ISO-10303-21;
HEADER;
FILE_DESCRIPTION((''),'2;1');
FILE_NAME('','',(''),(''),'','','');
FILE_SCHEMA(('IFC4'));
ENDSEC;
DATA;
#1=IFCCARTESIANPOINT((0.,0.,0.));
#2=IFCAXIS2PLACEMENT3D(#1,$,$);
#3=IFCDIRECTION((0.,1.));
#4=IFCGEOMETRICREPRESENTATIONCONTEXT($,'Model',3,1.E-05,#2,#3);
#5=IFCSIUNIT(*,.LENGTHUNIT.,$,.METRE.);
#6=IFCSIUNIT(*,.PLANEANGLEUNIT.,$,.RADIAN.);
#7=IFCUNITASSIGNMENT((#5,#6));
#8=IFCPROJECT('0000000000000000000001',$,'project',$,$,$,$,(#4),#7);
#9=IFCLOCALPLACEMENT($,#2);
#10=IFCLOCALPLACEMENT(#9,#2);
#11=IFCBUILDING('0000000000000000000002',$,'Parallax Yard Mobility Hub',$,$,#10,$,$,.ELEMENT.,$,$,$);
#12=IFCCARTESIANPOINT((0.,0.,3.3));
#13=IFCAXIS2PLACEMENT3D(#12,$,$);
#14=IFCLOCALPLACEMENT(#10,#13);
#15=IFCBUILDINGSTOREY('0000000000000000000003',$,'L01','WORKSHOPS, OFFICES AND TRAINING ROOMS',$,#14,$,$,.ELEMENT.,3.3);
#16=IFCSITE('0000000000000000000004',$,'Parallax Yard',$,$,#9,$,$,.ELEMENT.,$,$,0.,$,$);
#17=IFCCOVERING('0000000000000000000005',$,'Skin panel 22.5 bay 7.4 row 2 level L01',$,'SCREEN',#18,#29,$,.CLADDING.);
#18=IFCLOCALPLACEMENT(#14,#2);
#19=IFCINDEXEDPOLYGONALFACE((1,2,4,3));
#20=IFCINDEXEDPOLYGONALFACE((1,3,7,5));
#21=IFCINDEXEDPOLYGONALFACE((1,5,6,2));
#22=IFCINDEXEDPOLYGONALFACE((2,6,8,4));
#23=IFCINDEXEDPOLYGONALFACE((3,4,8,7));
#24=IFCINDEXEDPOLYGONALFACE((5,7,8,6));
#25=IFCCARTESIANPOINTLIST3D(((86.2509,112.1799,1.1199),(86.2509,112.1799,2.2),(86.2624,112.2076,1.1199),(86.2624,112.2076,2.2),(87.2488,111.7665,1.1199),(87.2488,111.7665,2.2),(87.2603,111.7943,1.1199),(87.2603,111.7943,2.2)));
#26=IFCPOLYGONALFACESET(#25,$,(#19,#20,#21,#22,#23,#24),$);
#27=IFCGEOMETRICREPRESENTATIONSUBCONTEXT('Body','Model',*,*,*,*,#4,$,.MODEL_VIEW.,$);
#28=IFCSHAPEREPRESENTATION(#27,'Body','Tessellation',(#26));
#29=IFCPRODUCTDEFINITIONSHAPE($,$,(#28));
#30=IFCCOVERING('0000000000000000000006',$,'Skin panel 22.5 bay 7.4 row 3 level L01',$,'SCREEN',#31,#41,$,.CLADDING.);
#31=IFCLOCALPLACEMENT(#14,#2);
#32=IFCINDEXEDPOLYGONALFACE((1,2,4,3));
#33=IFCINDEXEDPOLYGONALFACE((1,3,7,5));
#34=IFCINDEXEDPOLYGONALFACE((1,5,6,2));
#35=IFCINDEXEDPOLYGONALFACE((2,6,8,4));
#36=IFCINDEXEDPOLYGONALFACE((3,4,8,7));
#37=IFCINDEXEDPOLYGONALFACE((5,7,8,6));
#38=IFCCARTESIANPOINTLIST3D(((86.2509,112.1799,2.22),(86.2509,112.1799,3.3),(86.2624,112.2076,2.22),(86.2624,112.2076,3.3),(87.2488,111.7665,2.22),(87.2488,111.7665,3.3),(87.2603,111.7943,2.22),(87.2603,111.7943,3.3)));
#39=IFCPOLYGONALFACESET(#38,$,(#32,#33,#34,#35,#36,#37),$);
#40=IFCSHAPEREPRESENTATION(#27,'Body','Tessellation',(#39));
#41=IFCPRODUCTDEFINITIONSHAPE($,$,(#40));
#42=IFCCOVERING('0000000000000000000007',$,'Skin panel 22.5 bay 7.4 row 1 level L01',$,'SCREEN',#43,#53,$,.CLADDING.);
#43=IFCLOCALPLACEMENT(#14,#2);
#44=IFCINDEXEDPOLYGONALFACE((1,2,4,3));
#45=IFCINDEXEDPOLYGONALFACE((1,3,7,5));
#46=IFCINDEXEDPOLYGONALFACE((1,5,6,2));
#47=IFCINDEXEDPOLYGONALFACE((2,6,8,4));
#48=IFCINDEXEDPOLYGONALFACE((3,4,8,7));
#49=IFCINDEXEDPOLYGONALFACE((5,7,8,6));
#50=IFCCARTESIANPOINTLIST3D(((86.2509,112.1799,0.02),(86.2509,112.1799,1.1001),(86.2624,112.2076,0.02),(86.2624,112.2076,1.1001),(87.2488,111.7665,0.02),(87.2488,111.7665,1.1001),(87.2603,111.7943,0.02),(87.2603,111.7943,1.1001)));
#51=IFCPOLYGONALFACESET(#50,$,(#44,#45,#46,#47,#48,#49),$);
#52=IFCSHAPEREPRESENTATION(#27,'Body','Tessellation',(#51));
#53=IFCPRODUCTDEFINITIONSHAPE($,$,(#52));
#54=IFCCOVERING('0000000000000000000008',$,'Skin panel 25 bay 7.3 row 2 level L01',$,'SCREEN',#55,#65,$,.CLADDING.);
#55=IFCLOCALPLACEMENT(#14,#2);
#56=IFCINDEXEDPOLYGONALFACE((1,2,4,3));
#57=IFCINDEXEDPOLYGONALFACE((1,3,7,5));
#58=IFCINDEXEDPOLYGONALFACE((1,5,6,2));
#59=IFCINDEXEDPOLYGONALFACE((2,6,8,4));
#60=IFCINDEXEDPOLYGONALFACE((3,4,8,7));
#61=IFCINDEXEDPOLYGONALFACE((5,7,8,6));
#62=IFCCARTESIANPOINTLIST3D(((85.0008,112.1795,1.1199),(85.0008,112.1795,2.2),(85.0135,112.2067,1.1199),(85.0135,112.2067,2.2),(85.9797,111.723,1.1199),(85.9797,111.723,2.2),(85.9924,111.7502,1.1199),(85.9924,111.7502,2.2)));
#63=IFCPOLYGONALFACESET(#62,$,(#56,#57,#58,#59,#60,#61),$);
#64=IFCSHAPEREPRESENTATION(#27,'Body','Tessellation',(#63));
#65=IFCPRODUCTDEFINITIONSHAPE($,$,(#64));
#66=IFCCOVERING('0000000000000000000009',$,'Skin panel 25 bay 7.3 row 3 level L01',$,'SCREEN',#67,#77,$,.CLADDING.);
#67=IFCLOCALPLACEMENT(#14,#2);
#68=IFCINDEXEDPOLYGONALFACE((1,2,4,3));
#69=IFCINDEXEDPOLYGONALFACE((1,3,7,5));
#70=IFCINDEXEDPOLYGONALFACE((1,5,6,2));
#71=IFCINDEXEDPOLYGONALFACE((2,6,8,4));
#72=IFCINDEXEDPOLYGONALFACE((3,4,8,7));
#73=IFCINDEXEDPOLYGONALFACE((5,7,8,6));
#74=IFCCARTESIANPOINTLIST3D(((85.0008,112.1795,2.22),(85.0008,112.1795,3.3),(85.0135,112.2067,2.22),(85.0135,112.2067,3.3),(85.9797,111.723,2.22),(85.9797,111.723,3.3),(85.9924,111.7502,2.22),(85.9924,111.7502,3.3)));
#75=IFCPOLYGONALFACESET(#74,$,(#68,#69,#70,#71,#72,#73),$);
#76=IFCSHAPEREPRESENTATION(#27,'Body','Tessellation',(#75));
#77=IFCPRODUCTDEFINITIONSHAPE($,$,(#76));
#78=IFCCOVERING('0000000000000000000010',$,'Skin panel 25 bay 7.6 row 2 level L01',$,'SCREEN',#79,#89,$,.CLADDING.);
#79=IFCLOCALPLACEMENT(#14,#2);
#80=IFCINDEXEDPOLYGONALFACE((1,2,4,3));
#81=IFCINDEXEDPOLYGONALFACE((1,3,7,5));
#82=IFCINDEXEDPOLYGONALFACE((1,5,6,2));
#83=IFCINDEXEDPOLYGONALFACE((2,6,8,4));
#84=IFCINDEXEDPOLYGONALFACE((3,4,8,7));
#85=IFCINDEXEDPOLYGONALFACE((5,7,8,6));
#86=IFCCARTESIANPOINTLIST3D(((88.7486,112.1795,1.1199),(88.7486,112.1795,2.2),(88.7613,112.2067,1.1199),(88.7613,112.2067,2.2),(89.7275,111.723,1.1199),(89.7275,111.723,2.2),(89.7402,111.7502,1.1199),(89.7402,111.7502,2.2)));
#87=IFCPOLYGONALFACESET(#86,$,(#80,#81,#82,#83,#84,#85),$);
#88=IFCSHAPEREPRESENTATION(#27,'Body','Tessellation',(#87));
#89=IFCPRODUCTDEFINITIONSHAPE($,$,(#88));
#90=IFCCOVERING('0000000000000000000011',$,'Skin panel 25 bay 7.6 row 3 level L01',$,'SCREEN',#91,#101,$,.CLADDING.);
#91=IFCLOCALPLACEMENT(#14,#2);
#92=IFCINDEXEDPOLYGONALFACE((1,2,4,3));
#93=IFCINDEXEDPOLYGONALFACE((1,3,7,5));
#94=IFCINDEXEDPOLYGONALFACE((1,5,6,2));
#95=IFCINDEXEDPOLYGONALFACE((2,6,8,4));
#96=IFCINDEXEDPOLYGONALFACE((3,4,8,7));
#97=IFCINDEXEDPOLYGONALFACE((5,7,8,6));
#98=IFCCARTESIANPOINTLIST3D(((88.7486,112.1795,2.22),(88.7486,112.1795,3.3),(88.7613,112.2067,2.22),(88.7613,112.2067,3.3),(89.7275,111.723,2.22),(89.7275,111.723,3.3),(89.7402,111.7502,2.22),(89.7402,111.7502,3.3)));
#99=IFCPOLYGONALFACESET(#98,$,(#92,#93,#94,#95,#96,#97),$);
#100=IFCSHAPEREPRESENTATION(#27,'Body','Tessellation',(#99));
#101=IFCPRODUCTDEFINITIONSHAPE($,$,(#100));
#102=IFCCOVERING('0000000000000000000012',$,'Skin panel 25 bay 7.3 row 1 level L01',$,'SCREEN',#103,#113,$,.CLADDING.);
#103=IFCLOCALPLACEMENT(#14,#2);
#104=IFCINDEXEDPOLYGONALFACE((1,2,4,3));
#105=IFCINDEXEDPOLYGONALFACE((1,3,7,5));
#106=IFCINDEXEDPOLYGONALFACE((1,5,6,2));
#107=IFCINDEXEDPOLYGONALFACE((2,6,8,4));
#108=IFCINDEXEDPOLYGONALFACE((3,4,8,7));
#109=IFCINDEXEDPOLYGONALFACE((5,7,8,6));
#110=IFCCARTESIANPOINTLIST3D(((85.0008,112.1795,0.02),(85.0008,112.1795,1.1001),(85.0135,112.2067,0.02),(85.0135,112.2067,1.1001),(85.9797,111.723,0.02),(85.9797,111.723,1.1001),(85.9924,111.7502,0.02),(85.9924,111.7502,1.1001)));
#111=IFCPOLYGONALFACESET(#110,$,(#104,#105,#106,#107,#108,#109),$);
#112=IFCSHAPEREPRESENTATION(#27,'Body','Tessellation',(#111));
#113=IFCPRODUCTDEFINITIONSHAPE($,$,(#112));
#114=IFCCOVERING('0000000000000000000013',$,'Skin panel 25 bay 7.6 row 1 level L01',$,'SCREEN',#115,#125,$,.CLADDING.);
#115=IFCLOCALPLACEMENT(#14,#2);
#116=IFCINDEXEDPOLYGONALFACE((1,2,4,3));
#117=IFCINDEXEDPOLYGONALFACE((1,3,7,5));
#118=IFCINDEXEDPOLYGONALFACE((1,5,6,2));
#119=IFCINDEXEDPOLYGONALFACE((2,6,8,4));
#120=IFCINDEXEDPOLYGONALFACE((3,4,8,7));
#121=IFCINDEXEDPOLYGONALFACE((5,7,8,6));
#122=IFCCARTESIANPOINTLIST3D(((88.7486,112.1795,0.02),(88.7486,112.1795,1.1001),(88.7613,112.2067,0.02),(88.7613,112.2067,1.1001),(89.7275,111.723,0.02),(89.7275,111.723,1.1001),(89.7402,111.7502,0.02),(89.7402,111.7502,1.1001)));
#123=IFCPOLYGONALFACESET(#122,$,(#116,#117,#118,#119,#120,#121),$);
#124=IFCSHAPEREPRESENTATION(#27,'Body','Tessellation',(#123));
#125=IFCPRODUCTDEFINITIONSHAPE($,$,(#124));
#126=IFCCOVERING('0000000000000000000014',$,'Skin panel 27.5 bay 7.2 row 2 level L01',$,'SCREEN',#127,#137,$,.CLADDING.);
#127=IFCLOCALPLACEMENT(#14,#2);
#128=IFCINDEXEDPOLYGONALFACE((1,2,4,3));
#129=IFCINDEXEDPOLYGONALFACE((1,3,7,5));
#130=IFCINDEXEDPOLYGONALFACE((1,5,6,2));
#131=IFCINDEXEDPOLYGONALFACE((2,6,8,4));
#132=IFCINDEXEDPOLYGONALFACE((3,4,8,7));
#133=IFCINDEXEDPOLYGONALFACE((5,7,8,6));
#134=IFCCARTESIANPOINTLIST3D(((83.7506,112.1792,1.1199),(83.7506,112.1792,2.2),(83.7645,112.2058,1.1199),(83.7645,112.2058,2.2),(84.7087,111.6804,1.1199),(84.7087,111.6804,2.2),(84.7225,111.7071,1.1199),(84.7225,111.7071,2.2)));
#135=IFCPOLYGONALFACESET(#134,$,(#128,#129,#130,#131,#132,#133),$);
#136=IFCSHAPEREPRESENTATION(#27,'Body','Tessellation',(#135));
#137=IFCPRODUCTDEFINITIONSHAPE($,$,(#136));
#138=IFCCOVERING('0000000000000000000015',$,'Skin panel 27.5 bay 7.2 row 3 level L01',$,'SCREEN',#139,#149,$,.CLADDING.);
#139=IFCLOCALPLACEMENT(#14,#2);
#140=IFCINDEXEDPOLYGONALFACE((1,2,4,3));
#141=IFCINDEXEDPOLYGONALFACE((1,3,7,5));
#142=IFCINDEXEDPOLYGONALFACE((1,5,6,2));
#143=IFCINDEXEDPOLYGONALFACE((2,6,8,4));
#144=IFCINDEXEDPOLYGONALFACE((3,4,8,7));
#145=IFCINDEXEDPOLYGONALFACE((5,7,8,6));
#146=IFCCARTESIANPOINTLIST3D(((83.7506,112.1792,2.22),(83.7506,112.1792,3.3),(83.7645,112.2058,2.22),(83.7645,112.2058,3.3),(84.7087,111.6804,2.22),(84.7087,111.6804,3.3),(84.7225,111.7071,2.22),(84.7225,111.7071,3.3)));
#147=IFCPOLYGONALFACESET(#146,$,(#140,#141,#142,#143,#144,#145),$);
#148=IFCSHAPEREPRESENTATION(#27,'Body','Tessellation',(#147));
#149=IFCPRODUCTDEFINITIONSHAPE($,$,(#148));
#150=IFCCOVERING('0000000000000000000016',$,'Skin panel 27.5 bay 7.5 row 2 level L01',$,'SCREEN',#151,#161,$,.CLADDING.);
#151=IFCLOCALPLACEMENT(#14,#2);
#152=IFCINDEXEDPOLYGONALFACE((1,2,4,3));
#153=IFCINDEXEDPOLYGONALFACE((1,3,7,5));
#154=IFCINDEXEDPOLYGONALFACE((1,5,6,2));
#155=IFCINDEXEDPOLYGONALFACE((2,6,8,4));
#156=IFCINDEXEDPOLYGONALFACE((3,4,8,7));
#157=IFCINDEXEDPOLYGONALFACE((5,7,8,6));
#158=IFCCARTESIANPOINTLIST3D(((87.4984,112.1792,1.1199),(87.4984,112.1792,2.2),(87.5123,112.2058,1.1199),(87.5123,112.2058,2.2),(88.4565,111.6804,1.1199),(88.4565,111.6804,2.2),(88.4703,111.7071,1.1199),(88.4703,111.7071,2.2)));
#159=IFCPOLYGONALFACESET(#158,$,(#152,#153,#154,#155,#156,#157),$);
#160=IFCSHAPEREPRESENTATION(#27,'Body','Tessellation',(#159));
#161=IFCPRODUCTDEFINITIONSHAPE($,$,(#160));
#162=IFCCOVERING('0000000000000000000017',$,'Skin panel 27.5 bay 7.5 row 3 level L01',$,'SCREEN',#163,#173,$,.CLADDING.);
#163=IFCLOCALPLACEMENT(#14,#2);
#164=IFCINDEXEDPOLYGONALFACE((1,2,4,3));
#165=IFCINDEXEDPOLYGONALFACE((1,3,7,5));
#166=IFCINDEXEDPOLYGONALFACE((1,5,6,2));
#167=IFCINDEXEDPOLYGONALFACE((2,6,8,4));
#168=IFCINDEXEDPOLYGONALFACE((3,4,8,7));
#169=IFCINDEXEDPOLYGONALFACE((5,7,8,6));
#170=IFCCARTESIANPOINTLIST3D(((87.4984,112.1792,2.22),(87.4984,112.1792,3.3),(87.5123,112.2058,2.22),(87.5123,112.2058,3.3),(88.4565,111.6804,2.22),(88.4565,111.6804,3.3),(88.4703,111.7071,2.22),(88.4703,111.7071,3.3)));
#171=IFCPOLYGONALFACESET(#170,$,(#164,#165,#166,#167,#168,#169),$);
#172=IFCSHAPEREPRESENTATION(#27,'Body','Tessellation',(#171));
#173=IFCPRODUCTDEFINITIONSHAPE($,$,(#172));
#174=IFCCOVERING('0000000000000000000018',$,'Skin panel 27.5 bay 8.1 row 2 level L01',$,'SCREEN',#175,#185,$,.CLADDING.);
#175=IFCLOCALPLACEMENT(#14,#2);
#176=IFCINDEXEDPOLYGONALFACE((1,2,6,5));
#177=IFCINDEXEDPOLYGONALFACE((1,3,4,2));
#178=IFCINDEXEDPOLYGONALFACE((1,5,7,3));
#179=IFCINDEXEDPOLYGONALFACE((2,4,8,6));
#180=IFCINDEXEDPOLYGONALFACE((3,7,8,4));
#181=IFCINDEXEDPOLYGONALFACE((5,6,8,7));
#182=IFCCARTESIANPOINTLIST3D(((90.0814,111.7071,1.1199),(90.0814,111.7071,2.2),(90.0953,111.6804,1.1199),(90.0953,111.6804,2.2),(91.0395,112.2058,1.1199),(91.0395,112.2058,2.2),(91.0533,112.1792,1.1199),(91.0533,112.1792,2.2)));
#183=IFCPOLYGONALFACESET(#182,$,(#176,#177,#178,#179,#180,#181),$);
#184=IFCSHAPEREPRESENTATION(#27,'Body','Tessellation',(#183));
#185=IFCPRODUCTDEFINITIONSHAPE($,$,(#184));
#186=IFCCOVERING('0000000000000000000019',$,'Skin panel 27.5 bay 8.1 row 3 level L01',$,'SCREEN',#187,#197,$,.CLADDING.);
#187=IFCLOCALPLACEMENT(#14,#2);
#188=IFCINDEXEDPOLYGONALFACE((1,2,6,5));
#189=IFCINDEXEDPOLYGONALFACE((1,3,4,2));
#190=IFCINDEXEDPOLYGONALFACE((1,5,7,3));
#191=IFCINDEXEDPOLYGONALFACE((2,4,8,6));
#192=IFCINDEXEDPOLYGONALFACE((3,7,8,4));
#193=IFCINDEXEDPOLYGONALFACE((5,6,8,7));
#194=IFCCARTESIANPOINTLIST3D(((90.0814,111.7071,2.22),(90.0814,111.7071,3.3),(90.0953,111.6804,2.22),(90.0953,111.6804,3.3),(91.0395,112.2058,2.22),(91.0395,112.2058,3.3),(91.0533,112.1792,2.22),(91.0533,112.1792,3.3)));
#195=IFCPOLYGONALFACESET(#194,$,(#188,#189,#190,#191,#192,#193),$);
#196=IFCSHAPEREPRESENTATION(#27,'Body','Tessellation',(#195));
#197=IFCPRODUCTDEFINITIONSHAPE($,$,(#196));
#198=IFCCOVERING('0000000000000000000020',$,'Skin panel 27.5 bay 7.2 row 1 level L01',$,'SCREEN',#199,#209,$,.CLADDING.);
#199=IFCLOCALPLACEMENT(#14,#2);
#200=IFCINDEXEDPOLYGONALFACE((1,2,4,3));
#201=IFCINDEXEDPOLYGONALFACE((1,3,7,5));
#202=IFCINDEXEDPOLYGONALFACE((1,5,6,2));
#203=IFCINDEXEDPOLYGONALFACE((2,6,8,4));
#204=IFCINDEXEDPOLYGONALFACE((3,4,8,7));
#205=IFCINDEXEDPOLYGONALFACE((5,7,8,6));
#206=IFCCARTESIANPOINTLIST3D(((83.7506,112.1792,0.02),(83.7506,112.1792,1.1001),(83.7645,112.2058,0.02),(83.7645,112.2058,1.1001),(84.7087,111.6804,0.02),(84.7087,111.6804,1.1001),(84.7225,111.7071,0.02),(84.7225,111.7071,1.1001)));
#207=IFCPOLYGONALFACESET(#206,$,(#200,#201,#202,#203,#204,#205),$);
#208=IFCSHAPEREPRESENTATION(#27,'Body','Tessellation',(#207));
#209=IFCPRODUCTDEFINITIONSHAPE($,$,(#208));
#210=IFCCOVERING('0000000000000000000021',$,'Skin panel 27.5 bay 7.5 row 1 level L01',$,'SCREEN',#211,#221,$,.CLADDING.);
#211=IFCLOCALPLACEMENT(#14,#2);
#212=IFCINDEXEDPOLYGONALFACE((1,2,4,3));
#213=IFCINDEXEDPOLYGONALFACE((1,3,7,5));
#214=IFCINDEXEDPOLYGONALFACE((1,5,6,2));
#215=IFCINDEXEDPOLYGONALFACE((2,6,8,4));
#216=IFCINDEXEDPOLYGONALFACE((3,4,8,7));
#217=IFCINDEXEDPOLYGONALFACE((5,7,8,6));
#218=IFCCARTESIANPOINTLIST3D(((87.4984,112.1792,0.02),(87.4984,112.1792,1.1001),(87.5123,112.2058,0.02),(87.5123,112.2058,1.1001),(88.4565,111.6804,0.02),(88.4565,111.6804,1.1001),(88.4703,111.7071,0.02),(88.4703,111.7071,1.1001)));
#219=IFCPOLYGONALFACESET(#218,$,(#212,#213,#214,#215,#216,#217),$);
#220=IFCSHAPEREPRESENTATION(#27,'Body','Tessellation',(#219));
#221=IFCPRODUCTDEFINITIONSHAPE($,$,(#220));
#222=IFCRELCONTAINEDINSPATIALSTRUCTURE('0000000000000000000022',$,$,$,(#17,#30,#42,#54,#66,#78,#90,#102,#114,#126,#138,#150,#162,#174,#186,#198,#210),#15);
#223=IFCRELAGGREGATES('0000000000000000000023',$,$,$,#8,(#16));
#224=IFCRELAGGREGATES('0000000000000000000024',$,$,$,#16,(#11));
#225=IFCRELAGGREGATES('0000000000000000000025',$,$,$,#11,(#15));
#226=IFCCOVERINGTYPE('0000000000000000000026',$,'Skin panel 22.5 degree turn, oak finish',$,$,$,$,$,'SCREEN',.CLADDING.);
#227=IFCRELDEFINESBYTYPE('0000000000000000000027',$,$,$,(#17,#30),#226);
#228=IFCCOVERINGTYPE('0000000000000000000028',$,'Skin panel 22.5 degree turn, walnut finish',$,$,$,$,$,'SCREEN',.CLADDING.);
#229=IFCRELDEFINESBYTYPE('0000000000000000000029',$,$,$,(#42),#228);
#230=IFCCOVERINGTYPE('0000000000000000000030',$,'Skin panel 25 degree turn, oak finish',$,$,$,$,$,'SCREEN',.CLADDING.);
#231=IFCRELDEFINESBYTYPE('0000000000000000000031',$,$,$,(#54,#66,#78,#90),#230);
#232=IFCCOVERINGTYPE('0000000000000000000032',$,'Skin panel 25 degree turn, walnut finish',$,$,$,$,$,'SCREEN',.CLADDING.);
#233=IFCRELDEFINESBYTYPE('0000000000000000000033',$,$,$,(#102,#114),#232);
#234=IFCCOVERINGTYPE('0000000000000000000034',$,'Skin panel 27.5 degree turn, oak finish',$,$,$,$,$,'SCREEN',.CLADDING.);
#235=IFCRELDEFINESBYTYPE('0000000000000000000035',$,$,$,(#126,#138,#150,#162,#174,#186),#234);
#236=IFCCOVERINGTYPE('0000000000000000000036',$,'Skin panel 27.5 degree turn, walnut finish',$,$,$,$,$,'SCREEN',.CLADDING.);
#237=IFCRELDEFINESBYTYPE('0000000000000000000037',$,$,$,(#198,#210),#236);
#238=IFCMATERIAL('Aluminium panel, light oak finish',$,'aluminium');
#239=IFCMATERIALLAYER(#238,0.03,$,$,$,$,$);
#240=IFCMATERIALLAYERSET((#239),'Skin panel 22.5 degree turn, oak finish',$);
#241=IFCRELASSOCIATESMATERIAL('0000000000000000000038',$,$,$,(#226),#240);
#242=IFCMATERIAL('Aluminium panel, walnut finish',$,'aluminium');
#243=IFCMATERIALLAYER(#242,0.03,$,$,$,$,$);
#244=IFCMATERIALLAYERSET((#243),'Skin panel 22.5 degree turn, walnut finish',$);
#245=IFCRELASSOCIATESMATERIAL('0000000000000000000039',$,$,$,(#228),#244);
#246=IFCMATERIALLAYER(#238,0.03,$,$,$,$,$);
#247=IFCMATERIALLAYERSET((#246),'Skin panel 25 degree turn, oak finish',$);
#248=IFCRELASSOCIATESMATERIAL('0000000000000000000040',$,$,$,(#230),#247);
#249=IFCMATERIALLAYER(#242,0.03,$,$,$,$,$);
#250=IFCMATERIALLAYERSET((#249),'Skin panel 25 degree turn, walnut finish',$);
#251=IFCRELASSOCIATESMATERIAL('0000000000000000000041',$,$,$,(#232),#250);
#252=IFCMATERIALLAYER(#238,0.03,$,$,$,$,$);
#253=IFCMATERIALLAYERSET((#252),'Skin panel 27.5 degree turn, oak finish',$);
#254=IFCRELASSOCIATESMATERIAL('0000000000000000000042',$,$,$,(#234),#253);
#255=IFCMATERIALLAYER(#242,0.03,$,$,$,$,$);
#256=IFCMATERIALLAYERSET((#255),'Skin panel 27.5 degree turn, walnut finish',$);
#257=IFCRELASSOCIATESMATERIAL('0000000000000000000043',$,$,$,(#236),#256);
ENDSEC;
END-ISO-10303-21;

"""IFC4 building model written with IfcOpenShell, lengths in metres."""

from ifc_helpers import new_model, si_unit, direction, frame, origin, origin_2d, place, context, subcontext, project, spatial, rectangle, extrude, material, layer, layer_set, type_object, element, save


model = new_model("IFC4")

# Units and contexts
model_context = context("Model", 3, precision=1e-05, world=origin(), true_north=direction((0.0, 1.0)))
body_context = subcontext(model_context, "Body", "Model", "MODEL_VIEW")
ifc_project = project(units=[si_unit("LENGTHUNIT", "METRE"), si_unit("PLANEANGLEUNIT", "RADIAN")], contexts=[model_context])

# Site, building, storey
site_placement = place(None, origin())
site = spatial("IfcSite", under=ifc_project, at=site_placement, Name="Parallax Yard", CompositionType="ELEMENT", RefElevation=0.0)
building_placement = place(site_placement, origin())
building = spatial("IfcBuilding", under=site, at=building_placement, Name="Parallax Yard Mobility Hub", CompositionType="ELEMENT")
storey_placement = place(building_placement, frame((0.0, 0.0, 3.3)))
storey = spatial("IfcBuildingStorey", under=building, at=storey_placement, Name="L01", Description="WORKSHOPS, OFFICES AND TRAINING ROOMS", CompositionType="ELEMENT", Elevation=3.3)

# Coverings
ifc_material_1 = material(Name="Aluminium panel, light oak finish", Category="aluminium")
ifc_layer_1 = layer(ifc_material_1, 0.03)
ifc_layer_set_1 = layer_set([ifc_layer_1], Name="Skin panel 22.5 degree turn, oak finish")
covering_type_1 = type_object("IfcCoveringType", Name="Skin panel 22.5 degree turn, oak finish", ElementType="SCREEN", PredefinedType="CLADDING", material=ifc_layer_set_1)
for number, where, z_axis, x_axis, name in (
    (1, (86.7556, 111.9871, 1.1199), (0.0, 0.0, 1.0), (0.92388, -0.382683, 0.0), "Skin panel 22.5 bay 7.4 row 2 level L01"),
    (2, (86.7556, 111.9871, 2.22), (0.0, 0.0, 1.0), (0.92388, -0.382683, 0.0), "Skin panel 22.5 bay 7.4 row 3 level L01"),
):
    element("IfcCovering", number, at=place(storey_placement, frame(where, z_axis=z_axis, x_axis=x_axis)), inside=storey, type_object=covering_type_1, Name=name, ObjectType="SCREEN", PredefinedType="CLADDING", context=body_context, shape_type="SweptSolid", body=[
        extrude(rectangle(XDim=1.0801, YDim=0.03, at=origin_2d()), origin(), (0.0, 0.0, 1.0), 1.0801),
    ])
ifc_material_2 = material(Name="Aluminium panel, walnut finish", Category="aluminium")
ifc_layer_2 = layer(ifc_material_2, 0.03)
ifc_layer_set_2 = layer_set([ifc_layer_2], Name="Skin panel 22.5 degree turn, walnut finish")
covering_type_2 = type_object("IfcCoveringType", Name="Skin panel 22.5 degree turn, walnut finish", ElementType="SCREEN", PredefinedType="CLADDING", material=ifc_layer_set_2)
covering_placement = place(storey_placement, frame((86.7556, 111.9871, 0.02), z_axis=(0.0, 0.0, 1.0), x_axis=(0.92388, -0.382683, 0.0)))
element("IfcCovering", 3, at=covering_placement, inside=storey, type_object=covering_type_2, Name="Skin panel 22.5 bay 7.4 row 1 level L01", ObjectType="SCREEN", PredefinedType="CLADDING", context=body_context, shape_type="SweptSolid", body=[
    extrude(rectangle(XDim=1.0801, YDim=0.03, at=origin_2d()), origin(), (0.0, 0.0, 1.0), 1.0801),
])
ifc_layer_3 = layer(ifc_material_1, 0.03)
ifc_layer_set_3 = layer_set([ifc_layer_3], Name="Skin panel 25 degree turn, oak finish")
covering_type_3 = type_object("IfcCoveringType", Name="Skin panel 25 degree turn, oak finish", ElementType="SCREEN", PredefinedType="CLADDING", material=ifc_layer_set_3)
for number, where, z_axis, x_axis, name in (
    (4, (85.4966, 111.9648, 1.1199), (0.0, 0.0, 1.0), (0.906308, -0.422618, 0.0), "Skin panel 25 bay 7.3 row 2 level L01"),
    (5, (85.4966, 111.9648, 2.22), (0.0, 0.0, 1.0), (0.906308, -0.422618, 0.0), "Skin panel 25 bay 7.3 row 3 level L01"),
    (6, (89.2444, 111.9648, 1.1199), (0.0, 0.0, 1.0), (0.906308, -0.422618, 0.0), "Skin panel 25 bay 7.6 row 2 level L01"),
    (7, (89.2444, 111.9648, 2.22), (0.0, 0.0, 1.0), (0.906308, -0.422618, 0.0), "Skin panel 25 bay 7.6 row 3 level L01"),
):
    element("IfcCovering", number, at=place(storey_placement, frame(where, z_axis=z_axis, x_axis=x_axis)), inside=storey, type_object=covering_type_3, Name=name, ObjectType="SCREEN", PredefinedType="CLADDING", context=body_context, shape_type="SweptSolid", body=[
        extrude(rectangle(XDim=1.0801, YDim=0.03, at=origin_2d()), origin(), (0.0, 0.0, 1.0), 1.0801),
    ])
ifc_layer_4 = layer(ifc_material_2, 0.03)
ifc_layer_set_4 = layer_set([ifc_layer_4], Name="Skin panel 25 degree turn, walnut finish")
covering_type_4 = type_object("IfcCoveringType", Name="Skin panel 25 degree turn, walnut finish", ElementType="SCREEN", PredefinedType="CLADDING", material=ifc_layer_set_4)
for number, where, z_axis, x_axis, name in (
    (8, (85.4966, 111.9648, 0.02), (0.0, 0.0, 1.0), (0.906308, -0.422618, 0.0), "Skin panel 25 bay 7.3 row 1 level L01"),
    (9, (89.2444, 111.9648, 0.02), (0.0, 0.0, 1.0), (0.906308, -0.422618, 0.0), "Skin panel 25 bay 7.6 row 1 level L01"),
):
    element("IfcCovering", number, at=place(storey_placement, frame(where, z_axis=z_axis, x_axis=x_axis)), inside=storey, type_object=covering_type_4, Name=name, ObjectType="SCREEN", PredefinedType="CLADDING", context=body_context, shape_type="SweptSolid", body=[
        extrude(rectangle(XDim=1.0801, YDim=0.03, at=origin_2d()), origin(), (0.0, 0.0, 1.0), 1.0801),
    ])
ifc_layer_5 = layer(ifc_material_1, 0.03)
ifc_layer_set_5 = layer_set([ifc_layer_5], Name="Skin panel 27.5 degree turn, oak finish")
covering_type_5 = type_object("IfcCoveringType", Name="Skin panel 27.5 degree turn, oak finish", ElementType="SCREEN", PredefinedType="CLADDING", material=ifc_layer_set_5)
for number, where, z_axis, x_axis, name in (
    (10, (84.2366, 111.9431, 1.1199), (0.0, 0.0, 1.0), (0.887011, -0.461749, 0.0), "Skin panel 27.5 bay 7.2 row 2 level L01"),
    (11, (84.2366, 111.9431, 2.22), (0.0, 0.0, 1.0), (0.887011, -0.461749, 0.0), "Skin panel 27.5 bay 7.2 row 3 level L01"),
    (12, (87.9844, 111.9431, 1.1199), (0.0, 0.0, 1.0), (0.887011, -0.461749, 0.0), "Skin panel 27.5 bay 7.5 row 2 level L01"),
    (13, (87.9844, 111.9431, 2.22), (0.0, 0.0, 1.0), (0.887011, -0.461749, 0.0), "Skin panel 27.5 bay 7.5 row 3 level L01"),
    (14, (90.5674, 111.9431, 1.1199), (0.0, 0.0, 1.0), (-0.887011, -0.461749, 0.0), "Skin panel 27.5 bay 8.1 row 2 level L01"),
    (15, (90.5674, 111.9431, 2.22), (0.0, 0.0, 1.0), (-0.887011, -0.461749, 0.0), "Skin panel 27.5 bay 8.1 row 3 level L01"),
):
    element("IfcCovering", number, at=place(storey_placement, frame(where, z_axis=z_axis, x_axis=x_axis)), inside=storey, type_object=covering_type_5, Name=name, ObjectType="SCREEN", PredefinedType="CLADDING", context=body_context, shape_type="SweptSolid", body=[
        extrude(rectangle(XDim=1.0801, YDim=0.03, at=origin_2d()), origin(), (0.0, 0.0, 1.0), 1.0801),
    ])
ifc_layer_6 = layer(ifc_material_2, 0.03)
ifc_layer_set_6 = layer_set([ifc_layer_6], Name="Skin panel 27.5 degree turn, walnut finish")
covering_type_6 = type_object("IfcCoveringType", Name="Skin panel 27.5 degree turn, walnut finish", ElementType="SCREEN", PredefinedType="CLADDING", material=ifc_layer_set_6)
for number, where, z_axis, x_axis, name in (
    (16, (84.2366, 111.9431, 0.02), (0.0, 0.0, 1.0), (0.887011, -0.461749, 0.0), "Skin panel 27.5 bay 7.2 row 1 level L01"),
    (17, (87.9844, 111.9431, 0.02), (0.0, 0.0, 1.0), (0.887011, -0.461749, 0.0), "Skin panel 27.5 bay 7.5 row 1 level L01"),
):
    element("IfcCovering", number, at=place(storey_placement, frame(where, z_axis=z_axis, x_axis=x_axis)), inside=storey, type_object=covering_type_6, Name=name, ObjectType="SCREEN", PredefinedType="CLADDING", context=body_context, shape_type="SweptSolid", body=[
        extrude(rectangle(XDim=1.0801, YDim=0.03, at=origin_2d()), origin(), (0.0, 0.0, 1.0), 1.0801),
    ])

save(model, "model.ifc")
